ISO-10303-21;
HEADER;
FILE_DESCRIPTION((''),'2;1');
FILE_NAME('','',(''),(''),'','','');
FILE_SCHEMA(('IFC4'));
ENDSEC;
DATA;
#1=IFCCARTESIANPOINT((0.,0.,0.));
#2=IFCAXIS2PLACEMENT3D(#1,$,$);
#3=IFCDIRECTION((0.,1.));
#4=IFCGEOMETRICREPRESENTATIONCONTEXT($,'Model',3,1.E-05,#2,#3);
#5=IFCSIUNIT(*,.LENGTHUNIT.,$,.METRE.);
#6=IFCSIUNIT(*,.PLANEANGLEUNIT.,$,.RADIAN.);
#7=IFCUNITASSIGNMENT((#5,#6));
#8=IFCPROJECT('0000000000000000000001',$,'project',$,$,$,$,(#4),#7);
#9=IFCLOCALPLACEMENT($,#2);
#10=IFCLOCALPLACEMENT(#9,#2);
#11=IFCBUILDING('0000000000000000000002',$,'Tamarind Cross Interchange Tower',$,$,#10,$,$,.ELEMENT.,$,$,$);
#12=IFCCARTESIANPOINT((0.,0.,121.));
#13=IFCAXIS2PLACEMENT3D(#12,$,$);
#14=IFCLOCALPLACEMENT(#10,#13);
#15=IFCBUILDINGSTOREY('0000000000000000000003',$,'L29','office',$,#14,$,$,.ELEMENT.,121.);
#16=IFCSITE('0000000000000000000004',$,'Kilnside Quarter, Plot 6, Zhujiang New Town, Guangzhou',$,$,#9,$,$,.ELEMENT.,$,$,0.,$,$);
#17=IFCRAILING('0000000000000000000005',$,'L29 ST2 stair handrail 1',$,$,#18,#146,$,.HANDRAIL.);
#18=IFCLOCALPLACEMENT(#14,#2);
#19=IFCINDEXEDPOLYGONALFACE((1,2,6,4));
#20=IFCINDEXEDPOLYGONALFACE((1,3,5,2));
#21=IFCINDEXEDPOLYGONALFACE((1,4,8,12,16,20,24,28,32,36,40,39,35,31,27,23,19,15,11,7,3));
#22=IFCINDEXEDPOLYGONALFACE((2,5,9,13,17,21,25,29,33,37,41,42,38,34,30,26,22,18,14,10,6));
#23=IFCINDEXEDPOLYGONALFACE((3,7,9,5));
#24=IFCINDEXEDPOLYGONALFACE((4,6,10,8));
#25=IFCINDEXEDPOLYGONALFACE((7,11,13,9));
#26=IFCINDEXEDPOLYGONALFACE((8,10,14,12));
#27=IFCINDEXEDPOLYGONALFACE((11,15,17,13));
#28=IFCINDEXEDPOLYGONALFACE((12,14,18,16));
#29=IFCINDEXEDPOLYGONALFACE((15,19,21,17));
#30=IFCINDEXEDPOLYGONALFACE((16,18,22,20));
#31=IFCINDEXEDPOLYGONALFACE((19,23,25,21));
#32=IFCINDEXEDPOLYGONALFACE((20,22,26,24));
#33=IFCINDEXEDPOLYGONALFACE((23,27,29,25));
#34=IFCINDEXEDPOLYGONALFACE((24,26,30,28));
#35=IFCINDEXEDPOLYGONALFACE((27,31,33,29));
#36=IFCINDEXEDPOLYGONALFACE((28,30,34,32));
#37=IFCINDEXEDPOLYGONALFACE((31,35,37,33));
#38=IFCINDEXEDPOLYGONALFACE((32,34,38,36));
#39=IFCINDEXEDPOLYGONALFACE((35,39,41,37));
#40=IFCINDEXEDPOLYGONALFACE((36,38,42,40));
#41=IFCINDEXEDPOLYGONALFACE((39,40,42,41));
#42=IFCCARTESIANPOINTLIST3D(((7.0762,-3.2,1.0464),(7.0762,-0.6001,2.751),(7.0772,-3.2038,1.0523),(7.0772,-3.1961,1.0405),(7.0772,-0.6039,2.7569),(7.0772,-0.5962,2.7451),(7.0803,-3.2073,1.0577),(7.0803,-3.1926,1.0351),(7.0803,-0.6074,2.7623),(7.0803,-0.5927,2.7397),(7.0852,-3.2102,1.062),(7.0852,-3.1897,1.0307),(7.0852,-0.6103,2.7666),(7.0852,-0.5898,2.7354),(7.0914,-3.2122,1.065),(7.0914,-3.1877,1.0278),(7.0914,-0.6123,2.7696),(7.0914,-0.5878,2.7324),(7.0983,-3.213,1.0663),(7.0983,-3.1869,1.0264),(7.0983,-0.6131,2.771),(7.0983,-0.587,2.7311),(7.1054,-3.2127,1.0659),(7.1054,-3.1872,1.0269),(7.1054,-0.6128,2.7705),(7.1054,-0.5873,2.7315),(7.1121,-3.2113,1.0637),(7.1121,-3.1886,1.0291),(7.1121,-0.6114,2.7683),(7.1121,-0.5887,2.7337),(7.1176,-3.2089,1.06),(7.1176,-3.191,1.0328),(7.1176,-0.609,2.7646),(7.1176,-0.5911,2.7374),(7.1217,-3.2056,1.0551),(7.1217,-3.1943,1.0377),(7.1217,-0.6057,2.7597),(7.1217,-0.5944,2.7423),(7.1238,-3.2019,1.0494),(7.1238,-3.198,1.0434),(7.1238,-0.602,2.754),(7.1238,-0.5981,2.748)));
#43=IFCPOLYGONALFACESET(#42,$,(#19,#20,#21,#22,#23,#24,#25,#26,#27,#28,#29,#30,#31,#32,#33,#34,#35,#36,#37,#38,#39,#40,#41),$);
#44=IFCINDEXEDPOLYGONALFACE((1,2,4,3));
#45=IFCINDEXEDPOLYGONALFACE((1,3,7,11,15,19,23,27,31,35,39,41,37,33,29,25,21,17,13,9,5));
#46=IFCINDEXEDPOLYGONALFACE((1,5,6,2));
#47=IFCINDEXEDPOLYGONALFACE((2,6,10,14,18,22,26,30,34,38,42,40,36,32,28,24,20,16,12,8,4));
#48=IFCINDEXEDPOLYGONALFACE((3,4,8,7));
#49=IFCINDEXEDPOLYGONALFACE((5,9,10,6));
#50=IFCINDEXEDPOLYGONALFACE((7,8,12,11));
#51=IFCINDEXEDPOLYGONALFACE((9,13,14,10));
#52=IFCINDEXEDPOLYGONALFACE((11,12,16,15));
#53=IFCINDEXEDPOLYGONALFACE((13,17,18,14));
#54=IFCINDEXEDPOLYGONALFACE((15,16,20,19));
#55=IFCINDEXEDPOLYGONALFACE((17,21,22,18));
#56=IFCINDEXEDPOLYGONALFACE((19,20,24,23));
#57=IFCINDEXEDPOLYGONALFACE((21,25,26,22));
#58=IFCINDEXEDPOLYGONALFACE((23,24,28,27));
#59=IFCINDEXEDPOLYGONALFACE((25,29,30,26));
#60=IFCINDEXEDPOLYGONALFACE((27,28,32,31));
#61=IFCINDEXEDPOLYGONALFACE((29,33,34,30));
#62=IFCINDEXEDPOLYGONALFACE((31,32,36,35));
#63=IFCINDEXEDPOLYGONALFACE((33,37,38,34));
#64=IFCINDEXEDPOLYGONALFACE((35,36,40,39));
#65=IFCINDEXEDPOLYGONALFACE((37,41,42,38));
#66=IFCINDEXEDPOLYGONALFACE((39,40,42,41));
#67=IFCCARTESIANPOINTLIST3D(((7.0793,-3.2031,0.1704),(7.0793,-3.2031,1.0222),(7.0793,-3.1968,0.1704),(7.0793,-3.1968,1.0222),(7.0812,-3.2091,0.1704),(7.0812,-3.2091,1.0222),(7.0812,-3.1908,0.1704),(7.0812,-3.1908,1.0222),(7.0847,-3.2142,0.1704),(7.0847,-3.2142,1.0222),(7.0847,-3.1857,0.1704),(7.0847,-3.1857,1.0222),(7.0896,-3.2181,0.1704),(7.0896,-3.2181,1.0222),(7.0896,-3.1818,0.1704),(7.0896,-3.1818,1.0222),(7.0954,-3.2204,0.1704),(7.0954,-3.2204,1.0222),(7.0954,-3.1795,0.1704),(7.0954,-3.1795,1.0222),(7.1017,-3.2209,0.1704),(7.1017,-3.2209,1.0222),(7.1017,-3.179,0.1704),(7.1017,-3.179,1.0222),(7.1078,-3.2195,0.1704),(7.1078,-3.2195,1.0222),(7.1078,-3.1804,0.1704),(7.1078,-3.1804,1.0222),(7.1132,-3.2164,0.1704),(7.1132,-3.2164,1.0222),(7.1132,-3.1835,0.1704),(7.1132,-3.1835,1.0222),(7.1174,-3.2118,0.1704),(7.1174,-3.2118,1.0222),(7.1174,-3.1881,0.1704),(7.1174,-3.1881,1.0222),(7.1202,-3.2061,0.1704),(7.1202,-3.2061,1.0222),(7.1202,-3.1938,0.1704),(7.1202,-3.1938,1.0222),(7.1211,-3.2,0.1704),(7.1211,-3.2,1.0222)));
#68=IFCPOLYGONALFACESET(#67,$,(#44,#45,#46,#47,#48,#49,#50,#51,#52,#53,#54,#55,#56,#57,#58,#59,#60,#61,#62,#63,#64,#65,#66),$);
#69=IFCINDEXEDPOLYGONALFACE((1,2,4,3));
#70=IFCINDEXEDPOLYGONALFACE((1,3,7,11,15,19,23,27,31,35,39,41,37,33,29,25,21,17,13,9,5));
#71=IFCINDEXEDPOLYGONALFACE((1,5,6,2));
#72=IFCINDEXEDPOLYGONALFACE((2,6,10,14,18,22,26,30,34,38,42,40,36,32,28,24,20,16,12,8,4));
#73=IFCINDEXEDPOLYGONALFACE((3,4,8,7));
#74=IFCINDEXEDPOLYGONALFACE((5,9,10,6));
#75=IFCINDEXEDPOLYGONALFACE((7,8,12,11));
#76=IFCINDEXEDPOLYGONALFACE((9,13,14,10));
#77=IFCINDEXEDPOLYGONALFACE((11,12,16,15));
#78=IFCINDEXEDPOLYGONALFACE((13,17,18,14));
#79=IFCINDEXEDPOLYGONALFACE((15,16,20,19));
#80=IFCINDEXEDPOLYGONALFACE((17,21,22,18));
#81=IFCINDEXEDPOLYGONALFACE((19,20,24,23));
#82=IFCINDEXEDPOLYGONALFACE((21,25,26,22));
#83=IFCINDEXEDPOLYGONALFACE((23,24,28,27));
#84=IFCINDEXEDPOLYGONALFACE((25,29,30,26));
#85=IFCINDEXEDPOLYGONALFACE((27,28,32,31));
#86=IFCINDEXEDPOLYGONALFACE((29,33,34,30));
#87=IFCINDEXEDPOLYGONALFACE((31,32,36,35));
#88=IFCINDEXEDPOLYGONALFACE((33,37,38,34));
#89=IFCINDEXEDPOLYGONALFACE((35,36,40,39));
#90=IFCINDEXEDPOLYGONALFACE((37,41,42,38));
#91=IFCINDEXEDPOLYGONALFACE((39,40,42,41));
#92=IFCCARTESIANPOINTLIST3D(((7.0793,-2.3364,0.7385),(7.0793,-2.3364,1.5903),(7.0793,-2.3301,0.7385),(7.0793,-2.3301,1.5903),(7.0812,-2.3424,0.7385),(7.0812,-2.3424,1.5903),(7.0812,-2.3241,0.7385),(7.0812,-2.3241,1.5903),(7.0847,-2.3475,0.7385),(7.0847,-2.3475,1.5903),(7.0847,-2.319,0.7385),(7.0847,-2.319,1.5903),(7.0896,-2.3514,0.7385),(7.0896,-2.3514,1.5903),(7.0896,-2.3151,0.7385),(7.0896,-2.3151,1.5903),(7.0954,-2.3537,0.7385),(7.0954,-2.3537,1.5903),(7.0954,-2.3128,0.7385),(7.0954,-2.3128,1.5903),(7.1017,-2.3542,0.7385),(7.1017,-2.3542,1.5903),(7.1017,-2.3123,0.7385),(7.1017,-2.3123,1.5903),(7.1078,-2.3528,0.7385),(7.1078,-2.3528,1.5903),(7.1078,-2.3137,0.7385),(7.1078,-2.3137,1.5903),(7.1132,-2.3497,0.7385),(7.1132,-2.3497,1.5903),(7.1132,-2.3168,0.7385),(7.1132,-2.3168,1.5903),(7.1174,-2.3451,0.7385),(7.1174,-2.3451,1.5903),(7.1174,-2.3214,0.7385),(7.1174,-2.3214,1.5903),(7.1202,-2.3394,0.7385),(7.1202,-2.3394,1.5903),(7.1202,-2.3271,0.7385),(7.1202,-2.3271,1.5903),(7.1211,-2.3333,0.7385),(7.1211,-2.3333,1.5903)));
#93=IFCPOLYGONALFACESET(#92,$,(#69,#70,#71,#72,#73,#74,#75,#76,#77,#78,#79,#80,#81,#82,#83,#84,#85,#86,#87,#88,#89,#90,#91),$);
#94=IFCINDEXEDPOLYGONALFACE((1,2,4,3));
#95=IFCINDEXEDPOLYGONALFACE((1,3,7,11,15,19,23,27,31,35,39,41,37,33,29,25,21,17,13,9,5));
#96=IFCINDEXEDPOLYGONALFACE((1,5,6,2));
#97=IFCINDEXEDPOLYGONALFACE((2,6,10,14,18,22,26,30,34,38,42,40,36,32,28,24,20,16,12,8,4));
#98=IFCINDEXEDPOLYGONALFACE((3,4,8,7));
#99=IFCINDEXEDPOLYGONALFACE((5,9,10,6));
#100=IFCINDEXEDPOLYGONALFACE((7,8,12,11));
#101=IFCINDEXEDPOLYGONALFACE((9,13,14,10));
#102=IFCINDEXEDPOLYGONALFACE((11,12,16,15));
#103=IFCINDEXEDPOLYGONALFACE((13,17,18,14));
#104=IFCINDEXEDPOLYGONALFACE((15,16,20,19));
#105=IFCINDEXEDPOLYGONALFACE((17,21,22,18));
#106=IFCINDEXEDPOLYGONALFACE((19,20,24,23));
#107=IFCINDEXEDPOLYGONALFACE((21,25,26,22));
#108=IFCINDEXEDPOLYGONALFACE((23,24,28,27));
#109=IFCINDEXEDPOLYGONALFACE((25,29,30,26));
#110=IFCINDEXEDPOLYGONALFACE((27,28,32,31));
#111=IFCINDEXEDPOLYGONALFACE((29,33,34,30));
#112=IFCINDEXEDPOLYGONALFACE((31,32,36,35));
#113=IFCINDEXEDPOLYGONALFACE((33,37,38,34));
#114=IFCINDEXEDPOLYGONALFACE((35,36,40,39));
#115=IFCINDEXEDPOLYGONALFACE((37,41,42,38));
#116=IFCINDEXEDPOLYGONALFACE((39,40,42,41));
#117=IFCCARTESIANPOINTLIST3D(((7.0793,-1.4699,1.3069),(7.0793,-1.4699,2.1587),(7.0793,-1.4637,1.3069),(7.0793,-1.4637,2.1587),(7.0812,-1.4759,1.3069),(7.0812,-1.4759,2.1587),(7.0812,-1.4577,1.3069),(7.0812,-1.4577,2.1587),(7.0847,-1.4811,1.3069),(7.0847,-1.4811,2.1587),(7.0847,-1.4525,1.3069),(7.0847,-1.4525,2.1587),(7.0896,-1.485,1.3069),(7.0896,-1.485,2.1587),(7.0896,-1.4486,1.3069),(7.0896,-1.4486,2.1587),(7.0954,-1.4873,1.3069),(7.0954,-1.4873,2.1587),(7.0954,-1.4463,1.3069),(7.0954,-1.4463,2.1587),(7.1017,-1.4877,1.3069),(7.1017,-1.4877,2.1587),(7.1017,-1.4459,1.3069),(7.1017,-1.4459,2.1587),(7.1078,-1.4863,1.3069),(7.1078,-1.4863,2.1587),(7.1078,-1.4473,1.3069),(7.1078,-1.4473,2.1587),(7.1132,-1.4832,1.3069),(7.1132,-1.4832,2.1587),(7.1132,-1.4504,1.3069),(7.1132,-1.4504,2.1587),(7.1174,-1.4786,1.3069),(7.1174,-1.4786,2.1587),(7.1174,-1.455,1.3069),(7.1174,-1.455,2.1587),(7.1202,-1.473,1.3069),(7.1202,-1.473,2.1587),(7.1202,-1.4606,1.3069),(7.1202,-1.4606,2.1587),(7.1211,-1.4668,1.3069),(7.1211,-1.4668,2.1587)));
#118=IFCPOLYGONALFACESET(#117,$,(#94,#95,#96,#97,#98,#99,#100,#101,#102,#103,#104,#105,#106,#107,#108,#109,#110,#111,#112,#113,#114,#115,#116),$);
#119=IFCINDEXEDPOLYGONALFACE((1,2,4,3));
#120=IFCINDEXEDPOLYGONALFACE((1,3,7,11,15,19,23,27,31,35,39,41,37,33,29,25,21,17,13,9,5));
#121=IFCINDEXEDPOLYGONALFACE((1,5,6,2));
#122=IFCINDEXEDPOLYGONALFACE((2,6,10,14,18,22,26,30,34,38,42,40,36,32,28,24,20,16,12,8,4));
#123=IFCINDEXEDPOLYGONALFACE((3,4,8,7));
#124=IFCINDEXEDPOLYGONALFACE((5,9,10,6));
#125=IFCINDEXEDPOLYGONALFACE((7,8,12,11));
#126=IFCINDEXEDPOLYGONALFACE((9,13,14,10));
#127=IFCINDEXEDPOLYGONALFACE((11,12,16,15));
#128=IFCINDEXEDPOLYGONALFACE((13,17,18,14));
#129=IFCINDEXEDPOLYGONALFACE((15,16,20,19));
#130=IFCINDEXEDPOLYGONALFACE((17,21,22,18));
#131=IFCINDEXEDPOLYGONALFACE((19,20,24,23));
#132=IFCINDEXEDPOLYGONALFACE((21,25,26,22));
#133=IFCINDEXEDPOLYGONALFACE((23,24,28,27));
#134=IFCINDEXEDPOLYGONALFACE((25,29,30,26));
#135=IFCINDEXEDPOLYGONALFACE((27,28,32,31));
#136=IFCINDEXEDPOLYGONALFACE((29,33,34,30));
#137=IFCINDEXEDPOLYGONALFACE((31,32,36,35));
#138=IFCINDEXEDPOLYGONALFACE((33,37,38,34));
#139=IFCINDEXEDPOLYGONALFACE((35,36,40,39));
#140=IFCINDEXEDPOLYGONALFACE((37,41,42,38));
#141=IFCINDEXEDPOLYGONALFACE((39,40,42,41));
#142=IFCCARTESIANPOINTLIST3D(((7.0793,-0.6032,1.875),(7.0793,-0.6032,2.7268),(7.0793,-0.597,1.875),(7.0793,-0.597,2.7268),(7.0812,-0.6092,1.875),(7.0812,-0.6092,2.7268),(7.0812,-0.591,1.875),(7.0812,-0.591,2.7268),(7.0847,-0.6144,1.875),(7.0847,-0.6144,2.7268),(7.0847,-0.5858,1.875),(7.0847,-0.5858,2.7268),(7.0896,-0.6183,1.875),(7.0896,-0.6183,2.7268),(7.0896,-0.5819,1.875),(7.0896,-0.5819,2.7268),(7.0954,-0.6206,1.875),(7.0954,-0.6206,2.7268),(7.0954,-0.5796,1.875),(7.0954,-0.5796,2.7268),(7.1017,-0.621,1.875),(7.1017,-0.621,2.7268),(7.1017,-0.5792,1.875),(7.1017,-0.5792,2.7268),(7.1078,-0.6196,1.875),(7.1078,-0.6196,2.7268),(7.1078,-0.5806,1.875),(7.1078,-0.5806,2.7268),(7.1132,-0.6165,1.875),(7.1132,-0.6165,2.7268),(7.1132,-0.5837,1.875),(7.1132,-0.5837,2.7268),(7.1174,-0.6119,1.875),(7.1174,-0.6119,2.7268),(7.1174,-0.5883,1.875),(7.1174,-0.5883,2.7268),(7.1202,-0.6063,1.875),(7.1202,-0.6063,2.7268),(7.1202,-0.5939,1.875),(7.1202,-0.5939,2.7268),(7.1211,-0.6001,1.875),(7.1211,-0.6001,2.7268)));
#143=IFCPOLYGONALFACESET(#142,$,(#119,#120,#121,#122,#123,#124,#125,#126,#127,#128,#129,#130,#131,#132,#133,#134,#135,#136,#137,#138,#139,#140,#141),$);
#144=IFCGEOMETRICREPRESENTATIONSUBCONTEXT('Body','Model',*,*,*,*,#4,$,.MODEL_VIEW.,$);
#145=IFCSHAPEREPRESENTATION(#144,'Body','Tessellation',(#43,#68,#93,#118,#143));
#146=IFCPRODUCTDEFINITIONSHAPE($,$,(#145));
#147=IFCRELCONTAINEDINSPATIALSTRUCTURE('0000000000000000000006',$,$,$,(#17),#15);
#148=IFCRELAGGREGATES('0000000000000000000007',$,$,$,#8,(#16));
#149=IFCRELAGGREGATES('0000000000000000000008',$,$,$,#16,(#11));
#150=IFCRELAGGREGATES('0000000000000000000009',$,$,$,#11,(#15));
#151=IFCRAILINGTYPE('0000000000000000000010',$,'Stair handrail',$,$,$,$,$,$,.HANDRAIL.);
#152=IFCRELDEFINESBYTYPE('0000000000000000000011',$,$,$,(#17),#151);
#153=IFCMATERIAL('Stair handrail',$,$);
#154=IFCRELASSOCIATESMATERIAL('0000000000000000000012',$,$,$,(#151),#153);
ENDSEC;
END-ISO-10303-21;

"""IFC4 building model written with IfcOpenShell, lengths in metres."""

from ifc_helpers import new_model, si_unit, direction, frame, origin, origin_2d, place, context, subcontext, project, spatial, circle, extrude, material, type_object, element, save


model = new_model("IFC4")

# Units and contexts
model_context = context("Model", 3, precision=1e-05, world=origin(), true_north=direction((0.0, 1.0)))
body_context = subcontext(model_context, "Body", "Model", "MODEL_VIEW")
ifc_project = project(units=[si_unit("LENGTHUNIT", "METRE"), si_unit("PLANEANGLEUNIT", "RADIAN")], contexts=[model_context])

# Site, building, storey
site_placement = place(None, origin())
site = spatial("IfcSite", under=ifc_project, at=site_placement, Name="Kilnside Quarter, Plot 6, Zhujiang New Town, Guangzhou", CompositionType="ELEMENT", RefElevation=0.0)
building_placement = place(site_placement, origin())
building = spatial("IfcBuilding", under=site, at=building_placement, Name="Tamarind Cross Interchange Tower", CompositionType="ELEMENT")
storey_placement = place(building_placement, frame((0.0, 0.0, 121.0)))
storey = spatial("IfcBuildingStorey", under=building, at=storey_placement, Name="L29", Description="office", CompositionType="ELEMENT", Elevation=121.0)

# Railing
ifc_material_1 = material(Name="Stair handrail")
railing_type_1 = type_object("IfcRailingType", Name="Stair handrail", PredefinedType="HANDRAIL", material=ifc_material_1)
railing_1_placement = place(storey_placement, frame((7.1001, -3.2, 0.1704)))
element("IfcRailing", 1, at=railing_1_placement, inside=storey, type_object=railing_type_1, Name="L29 ST2 stair handrail 1", PredefinedType="HANDRAIL", context=body_context, shape_type="SweptSolid", body=[
    extrude(circle(Radius=0.0239, at=origin_2d()), frame((0.0, 0.0, 0.876), z_axis=(0.0, 0.836279, 0.548305), x_axis=(-1.0, 0.0, 0.0)), (0.0, 0.0, 1.0), 3.1089),
    extrude(circle(Radius=0.021, at=origin_2d()), origin(), (0.0, 0.0, 1.0), 0.8518),
    extrude(circle(Radius=0.021, at=origin_2d()), frame((0.0, 0.8667, 0.5681)), (0.0, 0.0, 1.0), 0.8518),
    extrude(circle(Radius=0.021, at=origin_2d()), frame((0.0, 1.7332, 1.1365)), (0.0, 0.0, 1.0), 0.8518),
    extrude(circle(Radius=0.021, at=origin_2d()), frame((0.0, 2.5999, 1.7046)), (0.0, 0.0, 1.0), 0.8518),
])

save(model, "model.ifc")
